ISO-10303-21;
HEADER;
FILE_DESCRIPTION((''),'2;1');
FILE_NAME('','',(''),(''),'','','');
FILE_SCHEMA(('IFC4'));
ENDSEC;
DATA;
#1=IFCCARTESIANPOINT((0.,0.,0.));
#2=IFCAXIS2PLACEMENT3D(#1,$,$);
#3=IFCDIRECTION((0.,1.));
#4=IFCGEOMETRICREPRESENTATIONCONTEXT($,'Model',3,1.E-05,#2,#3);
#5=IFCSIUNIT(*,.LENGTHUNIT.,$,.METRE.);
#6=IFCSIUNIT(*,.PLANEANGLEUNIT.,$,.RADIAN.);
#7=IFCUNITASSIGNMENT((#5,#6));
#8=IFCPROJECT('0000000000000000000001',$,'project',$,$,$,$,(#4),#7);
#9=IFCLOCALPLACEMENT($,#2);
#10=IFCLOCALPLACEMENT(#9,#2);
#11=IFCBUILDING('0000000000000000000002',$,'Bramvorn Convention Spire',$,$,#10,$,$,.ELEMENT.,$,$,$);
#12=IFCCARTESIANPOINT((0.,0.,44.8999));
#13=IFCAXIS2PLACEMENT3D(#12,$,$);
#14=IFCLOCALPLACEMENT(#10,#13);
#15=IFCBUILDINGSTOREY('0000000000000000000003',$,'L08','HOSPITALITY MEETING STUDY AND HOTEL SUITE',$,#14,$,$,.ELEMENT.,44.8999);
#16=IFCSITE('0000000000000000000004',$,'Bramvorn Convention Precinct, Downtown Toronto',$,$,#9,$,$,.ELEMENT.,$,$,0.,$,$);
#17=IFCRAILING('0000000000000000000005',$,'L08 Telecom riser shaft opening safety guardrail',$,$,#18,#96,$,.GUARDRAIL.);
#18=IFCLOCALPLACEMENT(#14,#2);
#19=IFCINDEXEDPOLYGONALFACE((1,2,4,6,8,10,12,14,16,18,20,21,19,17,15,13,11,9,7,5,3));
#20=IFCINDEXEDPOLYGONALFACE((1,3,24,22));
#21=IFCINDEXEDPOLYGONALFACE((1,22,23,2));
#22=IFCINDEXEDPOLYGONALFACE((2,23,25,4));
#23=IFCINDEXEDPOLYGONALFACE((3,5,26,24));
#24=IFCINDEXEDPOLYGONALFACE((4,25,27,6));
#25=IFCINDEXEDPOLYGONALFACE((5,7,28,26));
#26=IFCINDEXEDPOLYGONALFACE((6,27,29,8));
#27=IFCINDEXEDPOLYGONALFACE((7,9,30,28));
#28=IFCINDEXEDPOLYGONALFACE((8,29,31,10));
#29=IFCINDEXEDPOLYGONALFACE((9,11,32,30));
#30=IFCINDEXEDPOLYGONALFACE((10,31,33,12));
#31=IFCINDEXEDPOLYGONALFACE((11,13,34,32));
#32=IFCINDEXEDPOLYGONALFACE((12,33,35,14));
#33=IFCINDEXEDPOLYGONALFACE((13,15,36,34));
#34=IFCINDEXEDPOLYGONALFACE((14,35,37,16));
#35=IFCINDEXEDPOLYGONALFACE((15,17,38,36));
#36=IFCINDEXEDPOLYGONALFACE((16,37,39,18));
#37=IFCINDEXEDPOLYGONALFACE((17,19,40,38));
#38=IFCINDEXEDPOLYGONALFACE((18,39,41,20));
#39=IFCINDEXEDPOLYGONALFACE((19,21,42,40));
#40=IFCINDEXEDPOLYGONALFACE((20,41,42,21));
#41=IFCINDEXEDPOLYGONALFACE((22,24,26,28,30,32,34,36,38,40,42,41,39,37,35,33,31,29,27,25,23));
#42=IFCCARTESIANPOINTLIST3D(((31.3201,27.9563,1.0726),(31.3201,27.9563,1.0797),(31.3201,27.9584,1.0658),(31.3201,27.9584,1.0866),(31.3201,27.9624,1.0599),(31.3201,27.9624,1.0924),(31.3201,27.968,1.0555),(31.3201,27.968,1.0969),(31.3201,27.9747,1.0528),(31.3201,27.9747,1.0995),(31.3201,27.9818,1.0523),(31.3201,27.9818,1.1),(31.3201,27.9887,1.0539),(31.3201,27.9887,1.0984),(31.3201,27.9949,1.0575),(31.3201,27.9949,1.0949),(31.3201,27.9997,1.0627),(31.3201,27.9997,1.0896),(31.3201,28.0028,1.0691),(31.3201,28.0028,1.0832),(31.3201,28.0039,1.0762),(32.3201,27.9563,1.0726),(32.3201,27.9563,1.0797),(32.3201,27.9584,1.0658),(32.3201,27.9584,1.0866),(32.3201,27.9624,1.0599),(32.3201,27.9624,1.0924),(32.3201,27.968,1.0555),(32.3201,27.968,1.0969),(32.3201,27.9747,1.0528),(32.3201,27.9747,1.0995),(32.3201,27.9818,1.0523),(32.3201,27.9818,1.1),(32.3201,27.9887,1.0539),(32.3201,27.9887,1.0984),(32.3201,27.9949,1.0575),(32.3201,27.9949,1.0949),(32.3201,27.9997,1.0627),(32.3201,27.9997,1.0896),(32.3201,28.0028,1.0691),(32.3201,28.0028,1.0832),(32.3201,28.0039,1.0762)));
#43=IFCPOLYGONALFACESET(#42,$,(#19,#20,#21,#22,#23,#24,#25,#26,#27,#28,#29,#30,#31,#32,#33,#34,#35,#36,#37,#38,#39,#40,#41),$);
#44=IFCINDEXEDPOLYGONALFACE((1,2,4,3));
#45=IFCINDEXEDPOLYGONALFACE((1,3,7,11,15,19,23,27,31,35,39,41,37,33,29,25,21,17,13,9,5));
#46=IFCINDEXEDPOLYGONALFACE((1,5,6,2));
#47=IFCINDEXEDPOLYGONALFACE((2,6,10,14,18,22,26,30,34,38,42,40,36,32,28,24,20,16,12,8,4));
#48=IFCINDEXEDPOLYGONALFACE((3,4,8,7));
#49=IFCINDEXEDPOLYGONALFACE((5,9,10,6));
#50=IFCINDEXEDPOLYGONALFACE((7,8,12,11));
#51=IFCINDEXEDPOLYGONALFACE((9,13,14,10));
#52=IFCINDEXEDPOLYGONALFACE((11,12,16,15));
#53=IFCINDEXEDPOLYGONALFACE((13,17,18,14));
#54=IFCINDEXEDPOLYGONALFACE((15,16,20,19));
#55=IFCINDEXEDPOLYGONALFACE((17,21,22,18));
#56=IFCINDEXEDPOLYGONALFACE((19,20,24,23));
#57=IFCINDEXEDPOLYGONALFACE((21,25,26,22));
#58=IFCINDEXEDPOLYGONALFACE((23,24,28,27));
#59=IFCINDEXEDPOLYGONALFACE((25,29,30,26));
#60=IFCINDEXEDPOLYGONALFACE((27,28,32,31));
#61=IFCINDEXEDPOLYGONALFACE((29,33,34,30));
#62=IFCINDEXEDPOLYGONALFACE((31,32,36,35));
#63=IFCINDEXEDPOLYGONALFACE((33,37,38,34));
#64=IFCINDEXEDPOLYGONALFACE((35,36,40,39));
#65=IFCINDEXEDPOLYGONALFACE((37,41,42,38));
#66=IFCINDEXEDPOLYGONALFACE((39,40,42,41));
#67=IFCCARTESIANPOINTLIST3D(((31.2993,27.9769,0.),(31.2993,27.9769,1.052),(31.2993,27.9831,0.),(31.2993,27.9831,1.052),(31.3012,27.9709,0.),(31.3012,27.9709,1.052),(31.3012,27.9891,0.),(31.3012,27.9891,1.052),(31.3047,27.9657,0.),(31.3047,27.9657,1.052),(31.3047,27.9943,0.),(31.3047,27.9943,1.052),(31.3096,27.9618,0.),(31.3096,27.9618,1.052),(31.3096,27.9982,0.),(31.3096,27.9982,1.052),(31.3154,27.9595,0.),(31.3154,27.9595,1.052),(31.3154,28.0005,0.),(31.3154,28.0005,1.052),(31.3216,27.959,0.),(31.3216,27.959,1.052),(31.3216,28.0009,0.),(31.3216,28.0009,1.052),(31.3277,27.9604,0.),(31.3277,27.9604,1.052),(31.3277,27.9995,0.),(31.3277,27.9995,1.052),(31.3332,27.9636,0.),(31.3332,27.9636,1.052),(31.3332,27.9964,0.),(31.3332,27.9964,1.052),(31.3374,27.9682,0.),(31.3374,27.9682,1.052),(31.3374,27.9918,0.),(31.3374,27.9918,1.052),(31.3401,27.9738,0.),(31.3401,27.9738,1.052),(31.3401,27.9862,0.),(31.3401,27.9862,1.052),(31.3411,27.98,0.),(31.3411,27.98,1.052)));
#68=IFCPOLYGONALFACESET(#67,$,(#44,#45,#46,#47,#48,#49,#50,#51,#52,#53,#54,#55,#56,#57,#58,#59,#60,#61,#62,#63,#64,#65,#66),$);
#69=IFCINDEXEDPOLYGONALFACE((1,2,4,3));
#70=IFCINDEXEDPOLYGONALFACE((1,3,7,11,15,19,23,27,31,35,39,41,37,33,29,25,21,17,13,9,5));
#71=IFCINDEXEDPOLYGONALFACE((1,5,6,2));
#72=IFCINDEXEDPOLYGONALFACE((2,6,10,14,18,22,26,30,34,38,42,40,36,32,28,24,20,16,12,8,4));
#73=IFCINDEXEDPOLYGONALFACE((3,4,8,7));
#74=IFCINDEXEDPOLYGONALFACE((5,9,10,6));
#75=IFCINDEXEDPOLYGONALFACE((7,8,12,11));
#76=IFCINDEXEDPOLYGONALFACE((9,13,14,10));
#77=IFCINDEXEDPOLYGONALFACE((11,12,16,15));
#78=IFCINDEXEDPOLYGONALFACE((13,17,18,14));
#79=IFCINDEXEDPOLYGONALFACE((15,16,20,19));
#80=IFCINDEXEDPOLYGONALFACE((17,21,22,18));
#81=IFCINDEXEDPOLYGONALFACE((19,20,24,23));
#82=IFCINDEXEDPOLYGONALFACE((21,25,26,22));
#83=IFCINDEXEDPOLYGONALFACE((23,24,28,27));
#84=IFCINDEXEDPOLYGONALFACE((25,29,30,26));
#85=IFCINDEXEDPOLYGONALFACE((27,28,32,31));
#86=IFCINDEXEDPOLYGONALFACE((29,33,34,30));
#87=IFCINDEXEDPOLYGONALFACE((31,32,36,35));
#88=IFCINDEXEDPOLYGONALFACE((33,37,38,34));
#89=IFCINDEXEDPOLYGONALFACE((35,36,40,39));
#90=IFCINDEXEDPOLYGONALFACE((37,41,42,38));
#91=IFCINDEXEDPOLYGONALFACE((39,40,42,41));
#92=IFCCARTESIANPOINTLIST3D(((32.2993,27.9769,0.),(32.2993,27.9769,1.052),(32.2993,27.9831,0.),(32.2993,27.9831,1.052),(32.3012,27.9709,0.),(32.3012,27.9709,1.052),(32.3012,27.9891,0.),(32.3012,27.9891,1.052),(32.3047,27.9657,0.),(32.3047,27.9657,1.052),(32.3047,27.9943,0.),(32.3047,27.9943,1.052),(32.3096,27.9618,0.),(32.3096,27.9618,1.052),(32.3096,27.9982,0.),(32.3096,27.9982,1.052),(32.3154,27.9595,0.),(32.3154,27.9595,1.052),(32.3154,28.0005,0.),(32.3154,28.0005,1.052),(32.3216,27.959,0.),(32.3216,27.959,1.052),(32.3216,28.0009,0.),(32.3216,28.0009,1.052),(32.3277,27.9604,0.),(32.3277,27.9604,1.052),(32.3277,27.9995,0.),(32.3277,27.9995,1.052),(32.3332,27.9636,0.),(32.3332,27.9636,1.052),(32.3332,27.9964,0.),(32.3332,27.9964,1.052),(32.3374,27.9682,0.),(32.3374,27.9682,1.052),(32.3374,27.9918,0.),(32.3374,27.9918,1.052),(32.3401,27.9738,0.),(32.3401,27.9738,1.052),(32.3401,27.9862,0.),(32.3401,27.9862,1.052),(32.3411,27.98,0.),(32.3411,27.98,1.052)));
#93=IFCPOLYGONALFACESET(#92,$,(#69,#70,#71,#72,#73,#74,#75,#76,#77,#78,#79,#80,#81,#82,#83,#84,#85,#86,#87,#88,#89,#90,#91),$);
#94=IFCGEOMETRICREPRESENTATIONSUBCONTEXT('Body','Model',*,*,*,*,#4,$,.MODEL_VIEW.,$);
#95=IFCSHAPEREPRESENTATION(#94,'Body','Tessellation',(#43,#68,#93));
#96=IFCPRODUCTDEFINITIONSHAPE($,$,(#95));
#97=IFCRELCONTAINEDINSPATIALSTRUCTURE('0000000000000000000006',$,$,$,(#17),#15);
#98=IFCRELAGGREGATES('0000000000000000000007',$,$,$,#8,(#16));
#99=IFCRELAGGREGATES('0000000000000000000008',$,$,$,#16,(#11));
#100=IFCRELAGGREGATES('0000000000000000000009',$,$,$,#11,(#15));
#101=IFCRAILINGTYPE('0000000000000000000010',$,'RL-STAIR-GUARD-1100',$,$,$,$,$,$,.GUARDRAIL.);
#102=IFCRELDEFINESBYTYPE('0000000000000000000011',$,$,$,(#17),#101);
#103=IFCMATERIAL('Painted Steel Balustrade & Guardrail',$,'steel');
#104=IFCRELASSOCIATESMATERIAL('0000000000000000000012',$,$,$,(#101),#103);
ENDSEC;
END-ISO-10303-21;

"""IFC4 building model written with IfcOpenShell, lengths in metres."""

from ifc_helpers import new_model, si_unit, direction, frame, origin, origin_2d, place, context, subcontext, project, spatial, circle, extrude, material, type_object, element, save


model = new_model("IFC4")

# Units and contexts
model_context = context("Model", 3, precision=1e-05, world=origin(), true_north=direction((0.0, 1.0)))
body_context = subcontext(model_context, "Body", "Model", "MODEL_VIEW")
ifc_project = project(units=[si_unit("LENGTHUNIT", "METRE"), si_unit("PLANEANGLEUNIT", "RADIAN")], contexts=[model_context])

# Site, building, storey
site_placement = place(None, origin())
site = spatial("IfcSite", under=ifc_project, at=site_placement, Name="Bramvorn Convention Precinct, Downtown Toronto", CompositionType="ELEMENT", RefElevation=0.0)
building_placement = place(site_placement, origin())
building = spatial("IfcBuilding", under=site, at=building_placement, Name="Bramvorn Convention Spire", CompositionType="ELEMENT")
storey_placement = place(building_placement, frame((0.0, 0.0, 44.8999)))
storey = spatial("IfcBuildingStorey", under=building, at=storey_placement, Name="L08", Description="HOSPITALITY MEETING STUDY AND HOTEL SUITE", CompositionType="ELEMENT", Elevation=44.8999)

# Railing
ifc_material_1 = material(Name="Painted Steel Balustrade & Guardrail", Category="steel")
railing_type_1 = type_object("IfcRailingType", Name="RL-STAIR-GUARD-1100", PredefinedType="GUARDRAIL", material=ifc_material_1)
railing_1_placement = place(storey_placement, frame((31.3201, 27.98, 0.0)))
element("IfcRailing", 1, at=railing_1_placement, inside=storey, type_object=railing_type_1, Name="L08 Telecom riser shaft opening safety guardrail", PredefinedType="GUARDRAIL", context=body_context, shape_type="SweptSolid", body=[
    extrude(circle(Radius=0.0239, at=origin_2d()), frame((0.0, 0.0, 1.0762), z_axis=(1.0, 0.0, 0.0), x_axis=(0.0, 1.0, 0.0)), (0.0, 0.0, 1.0), 1.0),
    extrude(circle(Radius=0.021, at=origin_2d()), origin(), (0.0, 0.0, 1.0), 1.052),
    extrude(circle(Radius=0.021, at=origin_2d()), frame((1.0, 0.0, 0.0)), (0.0, 0.0, 1.0), 1.052),
])

save(model, "model.ifc")
